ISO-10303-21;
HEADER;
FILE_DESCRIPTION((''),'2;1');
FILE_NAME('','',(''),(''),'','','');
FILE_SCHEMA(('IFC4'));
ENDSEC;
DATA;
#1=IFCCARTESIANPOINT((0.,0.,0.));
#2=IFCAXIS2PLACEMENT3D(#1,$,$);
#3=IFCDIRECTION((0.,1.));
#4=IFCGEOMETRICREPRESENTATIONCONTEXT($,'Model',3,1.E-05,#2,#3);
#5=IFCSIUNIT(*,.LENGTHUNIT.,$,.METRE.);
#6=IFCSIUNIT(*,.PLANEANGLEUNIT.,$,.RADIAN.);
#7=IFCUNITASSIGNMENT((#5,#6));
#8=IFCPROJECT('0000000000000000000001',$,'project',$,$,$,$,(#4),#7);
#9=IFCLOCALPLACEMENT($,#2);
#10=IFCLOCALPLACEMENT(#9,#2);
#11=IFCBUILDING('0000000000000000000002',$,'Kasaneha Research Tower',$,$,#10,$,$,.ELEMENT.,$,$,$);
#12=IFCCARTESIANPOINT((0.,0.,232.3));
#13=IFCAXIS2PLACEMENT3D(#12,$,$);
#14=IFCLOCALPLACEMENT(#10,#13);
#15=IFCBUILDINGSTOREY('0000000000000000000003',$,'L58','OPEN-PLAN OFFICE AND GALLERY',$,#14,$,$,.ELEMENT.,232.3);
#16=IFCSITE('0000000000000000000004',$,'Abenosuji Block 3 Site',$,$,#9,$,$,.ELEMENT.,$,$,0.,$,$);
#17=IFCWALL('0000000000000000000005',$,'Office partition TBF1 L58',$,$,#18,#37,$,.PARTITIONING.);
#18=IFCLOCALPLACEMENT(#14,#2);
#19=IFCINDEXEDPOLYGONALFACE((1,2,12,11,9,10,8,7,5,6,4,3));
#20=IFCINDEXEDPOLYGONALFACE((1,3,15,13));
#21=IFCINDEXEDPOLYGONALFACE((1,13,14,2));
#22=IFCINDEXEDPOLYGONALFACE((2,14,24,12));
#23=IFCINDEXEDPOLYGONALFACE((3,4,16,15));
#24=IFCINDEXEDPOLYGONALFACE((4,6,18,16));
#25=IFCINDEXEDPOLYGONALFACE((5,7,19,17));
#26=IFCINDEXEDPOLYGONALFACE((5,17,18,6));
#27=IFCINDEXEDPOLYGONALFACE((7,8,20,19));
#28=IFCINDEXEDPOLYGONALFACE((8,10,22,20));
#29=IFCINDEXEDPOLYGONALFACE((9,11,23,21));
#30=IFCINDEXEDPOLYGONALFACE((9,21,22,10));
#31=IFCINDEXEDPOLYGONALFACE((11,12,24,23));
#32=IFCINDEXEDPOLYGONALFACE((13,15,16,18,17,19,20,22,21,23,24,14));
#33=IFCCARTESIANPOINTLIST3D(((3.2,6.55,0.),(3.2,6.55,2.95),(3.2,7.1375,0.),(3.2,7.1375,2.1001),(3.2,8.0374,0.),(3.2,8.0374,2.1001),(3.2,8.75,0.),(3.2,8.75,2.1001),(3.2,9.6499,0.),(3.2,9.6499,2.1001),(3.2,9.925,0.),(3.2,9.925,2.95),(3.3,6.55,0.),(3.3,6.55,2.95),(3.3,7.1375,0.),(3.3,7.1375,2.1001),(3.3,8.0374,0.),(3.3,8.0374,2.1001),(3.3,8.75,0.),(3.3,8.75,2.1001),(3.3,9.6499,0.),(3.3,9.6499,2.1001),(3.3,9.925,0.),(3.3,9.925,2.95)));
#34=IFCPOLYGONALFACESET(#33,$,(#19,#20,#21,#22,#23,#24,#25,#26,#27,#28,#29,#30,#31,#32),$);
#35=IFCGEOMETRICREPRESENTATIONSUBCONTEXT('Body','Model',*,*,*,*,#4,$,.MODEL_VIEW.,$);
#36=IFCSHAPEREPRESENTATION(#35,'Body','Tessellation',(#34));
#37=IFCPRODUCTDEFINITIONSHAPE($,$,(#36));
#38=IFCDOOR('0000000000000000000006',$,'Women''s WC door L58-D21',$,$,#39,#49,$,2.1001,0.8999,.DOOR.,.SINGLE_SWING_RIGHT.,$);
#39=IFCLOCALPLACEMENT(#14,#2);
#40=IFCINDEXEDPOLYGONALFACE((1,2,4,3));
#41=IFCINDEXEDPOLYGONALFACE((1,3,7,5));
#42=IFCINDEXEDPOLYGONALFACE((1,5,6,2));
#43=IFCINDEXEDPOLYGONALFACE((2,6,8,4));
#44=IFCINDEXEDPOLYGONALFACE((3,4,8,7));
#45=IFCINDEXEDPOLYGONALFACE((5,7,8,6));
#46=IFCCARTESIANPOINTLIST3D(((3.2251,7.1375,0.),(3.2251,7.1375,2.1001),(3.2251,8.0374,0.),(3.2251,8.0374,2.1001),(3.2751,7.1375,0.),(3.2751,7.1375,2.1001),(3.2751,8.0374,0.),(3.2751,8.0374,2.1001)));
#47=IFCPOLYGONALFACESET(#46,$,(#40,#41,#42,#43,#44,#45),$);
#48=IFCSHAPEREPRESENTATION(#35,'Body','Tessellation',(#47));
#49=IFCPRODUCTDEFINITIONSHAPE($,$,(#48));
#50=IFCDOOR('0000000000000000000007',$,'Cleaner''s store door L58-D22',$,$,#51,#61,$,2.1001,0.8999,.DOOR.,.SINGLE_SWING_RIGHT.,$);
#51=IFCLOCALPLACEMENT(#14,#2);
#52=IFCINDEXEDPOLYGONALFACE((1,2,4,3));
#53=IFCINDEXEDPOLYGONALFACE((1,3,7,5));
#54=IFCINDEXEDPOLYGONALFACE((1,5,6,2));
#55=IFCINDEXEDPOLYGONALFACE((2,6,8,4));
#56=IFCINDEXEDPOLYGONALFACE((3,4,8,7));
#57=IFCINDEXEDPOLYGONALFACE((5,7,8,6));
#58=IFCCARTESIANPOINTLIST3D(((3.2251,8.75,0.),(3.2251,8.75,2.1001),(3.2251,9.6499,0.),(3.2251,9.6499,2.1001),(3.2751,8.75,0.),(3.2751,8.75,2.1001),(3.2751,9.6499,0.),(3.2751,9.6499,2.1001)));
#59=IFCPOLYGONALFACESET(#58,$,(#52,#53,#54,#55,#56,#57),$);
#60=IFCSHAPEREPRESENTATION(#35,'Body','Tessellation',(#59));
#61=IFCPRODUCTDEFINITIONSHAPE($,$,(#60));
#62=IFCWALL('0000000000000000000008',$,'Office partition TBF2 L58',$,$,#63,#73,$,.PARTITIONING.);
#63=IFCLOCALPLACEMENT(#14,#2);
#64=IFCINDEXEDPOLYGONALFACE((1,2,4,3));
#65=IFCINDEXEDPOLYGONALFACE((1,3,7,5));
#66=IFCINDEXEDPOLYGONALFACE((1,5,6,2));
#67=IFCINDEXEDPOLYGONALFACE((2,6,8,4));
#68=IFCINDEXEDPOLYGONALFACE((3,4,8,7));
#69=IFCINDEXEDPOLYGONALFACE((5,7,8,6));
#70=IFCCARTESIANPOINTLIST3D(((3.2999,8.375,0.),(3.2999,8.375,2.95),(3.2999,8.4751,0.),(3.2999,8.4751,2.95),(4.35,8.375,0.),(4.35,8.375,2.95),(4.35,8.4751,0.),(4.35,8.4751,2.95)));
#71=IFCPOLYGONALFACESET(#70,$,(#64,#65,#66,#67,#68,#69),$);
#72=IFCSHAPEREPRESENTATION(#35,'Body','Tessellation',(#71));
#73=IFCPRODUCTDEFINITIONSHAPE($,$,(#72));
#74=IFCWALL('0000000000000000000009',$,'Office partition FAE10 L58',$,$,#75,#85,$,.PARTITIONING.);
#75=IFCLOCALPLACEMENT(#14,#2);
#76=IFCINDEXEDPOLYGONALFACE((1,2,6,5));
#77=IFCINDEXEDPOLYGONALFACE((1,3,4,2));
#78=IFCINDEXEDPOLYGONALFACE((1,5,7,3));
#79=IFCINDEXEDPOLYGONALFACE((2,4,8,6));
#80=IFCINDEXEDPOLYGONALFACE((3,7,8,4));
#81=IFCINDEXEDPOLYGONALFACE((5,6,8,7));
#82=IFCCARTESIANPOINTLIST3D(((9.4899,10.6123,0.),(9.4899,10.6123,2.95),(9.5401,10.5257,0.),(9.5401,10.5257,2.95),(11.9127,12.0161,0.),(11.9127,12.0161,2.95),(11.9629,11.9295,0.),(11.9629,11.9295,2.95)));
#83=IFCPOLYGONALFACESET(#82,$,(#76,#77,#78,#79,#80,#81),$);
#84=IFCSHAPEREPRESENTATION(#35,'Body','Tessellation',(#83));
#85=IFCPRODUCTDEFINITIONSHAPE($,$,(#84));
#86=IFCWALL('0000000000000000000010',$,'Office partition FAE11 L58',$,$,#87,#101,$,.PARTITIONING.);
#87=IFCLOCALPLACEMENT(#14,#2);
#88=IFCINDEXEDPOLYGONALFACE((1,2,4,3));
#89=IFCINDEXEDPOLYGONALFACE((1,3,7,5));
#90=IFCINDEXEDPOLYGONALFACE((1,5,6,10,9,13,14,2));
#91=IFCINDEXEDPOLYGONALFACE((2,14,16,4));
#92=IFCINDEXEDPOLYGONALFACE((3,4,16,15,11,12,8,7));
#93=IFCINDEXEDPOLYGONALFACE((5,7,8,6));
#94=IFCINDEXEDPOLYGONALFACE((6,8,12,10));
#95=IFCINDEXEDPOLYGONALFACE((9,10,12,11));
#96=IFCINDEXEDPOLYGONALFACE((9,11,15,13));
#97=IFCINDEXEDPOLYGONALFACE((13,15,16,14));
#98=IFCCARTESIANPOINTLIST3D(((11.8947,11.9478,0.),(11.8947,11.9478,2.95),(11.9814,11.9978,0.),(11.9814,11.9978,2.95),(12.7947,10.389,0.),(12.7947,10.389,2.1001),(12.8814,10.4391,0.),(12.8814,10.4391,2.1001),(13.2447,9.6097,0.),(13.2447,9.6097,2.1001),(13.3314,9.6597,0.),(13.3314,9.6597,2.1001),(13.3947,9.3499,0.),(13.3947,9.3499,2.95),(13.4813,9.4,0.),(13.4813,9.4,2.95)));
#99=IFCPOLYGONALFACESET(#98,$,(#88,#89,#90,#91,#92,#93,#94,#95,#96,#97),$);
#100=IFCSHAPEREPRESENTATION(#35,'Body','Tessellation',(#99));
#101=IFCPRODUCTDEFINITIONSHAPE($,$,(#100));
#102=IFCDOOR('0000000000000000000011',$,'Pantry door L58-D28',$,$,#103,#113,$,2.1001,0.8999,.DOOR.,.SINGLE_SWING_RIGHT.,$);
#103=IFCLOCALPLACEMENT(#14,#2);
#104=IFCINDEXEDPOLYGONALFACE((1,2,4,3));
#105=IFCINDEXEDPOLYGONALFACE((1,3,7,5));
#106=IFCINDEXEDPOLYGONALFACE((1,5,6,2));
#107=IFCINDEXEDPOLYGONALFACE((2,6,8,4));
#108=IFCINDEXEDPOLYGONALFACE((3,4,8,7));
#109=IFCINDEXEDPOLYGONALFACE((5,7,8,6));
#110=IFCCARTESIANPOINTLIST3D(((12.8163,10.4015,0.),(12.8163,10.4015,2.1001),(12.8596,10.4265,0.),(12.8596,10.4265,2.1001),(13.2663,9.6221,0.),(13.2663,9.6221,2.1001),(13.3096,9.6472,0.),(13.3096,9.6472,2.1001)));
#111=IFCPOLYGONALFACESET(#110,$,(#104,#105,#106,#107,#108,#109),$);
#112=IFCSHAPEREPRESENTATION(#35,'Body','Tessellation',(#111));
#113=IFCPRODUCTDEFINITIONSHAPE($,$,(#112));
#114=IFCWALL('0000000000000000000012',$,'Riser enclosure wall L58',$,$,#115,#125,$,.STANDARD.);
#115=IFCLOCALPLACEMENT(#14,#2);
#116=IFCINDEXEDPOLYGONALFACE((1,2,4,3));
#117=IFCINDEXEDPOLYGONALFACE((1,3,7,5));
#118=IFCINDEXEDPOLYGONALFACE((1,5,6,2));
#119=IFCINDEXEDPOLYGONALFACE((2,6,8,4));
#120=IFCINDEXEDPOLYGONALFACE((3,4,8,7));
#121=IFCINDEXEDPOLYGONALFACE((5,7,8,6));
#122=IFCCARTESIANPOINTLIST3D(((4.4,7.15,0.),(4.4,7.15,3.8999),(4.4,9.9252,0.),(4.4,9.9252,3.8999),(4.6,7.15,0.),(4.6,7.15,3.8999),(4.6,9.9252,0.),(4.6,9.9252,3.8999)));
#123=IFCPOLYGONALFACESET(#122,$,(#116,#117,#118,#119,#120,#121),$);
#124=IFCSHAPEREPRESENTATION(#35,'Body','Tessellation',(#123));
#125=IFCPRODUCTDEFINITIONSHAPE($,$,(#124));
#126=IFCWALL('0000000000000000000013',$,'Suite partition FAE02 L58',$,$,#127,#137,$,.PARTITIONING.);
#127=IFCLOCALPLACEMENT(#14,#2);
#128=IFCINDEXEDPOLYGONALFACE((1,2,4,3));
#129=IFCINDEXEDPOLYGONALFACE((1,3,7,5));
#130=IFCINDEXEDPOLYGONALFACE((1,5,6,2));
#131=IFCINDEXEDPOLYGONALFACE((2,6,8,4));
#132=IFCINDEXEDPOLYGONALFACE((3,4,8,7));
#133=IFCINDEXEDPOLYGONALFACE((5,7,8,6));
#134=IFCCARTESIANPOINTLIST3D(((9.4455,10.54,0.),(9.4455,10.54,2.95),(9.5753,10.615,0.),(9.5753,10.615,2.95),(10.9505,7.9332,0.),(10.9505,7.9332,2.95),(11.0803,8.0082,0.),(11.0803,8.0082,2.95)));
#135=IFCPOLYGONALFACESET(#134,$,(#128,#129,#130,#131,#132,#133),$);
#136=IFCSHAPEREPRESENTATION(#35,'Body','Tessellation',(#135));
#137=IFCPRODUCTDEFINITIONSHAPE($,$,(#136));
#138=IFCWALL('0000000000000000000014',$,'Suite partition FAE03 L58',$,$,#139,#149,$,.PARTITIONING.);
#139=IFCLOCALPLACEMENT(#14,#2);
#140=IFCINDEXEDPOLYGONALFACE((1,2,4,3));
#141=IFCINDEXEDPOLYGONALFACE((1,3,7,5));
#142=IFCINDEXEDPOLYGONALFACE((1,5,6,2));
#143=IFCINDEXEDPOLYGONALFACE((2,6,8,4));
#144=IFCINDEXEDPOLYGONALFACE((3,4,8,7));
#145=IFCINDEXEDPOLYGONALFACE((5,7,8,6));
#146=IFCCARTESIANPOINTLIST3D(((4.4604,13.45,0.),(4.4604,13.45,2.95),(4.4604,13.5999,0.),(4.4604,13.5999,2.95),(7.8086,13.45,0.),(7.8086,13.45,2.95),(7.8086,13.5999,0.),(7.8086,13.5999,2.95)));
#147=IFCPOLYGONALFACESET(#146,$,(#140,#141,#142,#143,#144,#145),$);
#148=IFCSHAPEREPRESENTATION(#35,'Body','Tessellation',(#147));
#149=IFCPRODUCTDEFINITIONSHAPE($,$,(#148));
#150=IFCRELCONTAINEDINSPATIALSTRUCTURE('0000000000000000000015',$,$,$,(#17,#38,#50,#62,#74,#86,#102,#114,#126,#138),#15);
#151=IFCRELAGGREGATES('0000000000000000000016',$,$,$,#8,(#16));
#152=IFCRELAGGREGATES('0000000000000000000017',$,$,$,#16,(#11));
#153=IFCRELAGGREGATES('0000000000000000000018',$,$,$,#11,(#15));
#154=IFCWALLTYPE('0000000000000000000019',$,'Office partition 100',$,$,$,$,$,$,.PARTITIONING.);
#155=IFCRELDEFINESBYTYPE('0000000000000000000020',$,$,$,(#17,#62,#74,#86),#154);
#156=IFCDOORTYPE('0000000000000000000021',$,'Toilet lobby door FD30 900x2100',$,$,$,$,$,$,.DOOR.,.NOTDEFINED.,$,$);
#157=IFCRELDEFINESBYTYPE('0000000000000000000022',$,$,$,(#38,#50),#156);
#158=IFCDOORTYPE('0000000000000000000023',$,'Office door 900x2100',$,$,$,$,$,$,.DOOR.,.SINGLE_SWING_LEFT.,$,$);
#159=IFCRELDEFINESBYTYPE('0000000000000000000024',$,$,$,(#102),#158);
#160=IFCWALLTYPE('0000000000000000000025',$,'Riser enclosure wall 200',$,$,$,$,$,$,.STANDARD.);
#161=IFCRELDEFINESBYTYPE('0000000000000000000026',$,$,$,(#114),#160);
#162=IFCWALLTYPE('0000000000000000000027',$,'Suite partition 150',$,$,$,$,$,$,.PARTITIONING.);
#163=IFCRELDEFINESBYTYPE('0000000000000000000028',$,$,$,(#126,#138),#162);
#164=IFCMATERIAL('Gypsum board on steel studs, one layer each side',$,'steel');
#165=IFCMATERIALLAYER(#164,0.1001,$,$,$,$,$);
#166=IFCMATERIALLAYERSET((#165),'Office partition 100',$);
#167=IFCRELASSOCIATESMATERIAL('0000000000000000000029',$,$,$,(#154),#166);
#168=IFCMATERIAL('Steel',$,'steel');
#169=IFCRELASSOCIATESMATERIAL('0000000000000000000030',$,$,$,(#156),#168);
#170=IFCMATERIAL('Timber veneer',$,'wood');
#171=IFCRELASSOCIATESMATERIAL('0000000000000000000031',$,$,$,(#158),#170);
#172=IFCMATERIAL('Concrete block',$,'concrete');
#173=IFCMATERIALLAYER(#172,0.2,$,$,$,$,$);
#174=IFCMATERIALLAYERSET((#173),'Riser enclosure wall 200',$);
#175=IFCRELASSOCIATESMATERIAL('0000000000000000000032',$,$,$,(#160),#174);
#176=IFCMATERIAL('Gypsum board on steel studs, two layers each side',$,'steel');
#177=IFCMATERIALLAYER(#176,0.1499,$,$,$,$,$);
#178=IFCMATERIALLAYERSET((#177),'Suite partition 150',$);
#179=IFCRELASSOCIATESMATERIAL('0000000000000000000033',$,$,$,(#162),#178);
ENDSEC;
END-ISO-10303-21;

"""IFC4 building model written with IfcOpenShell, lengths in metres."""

from ifc_helpers import new_model, si_unit, direction, frame, frame_2d, origin, place, context, subcontext, project, spatial, rectangle, extrude, material, layer, layer_set, type_object, element, fill, save


model = new_model("IFC4")

# Units and contexts
model_context = context("Model", 3, precision=1e-05, world=origin(), true_north=direction((0.0, 1.0)))
body_context = subcontext(model_context, "Body", "Model", "MODEL_VIEW")
ifc_project = project(units=[si_unit("LENGTHUNIT", "METRE"), si_unit("PLANEANGLEUNIT", "RADIAN")], contexts=[model_context])

# Site, building, storey
site_placement = place(None, origin())
site = spatial("IfcSite", under=ifc_project, at=site_placement, Name="Abenosuji Block 3 Site", CompositionType="ELEMENT", RefElevation=0.0)
building_placement = place(site_placement, origin())
building = spatial("IfcBuilding", under=site, at=building_placement, Name="Kasaneha Research Tower", CompositionType="ELEMENT")
storey_placement = place(building_placement, frame((0.0, 0.0, 232.3)))
storey = spatial("IfcBuildingStorey", under=building, at=storey_placement, Name="L58", Description="OPEN-PLAN OFFICE AND GALLERY", CompositionType="ELEMENT", Elevation=232.3)

# Wall, openings, doors
ifc_material_1 = material(Name="Gypsum board on steel studs, one layer each side", Category="steel")
ifc_layer_1 = layer(ifc_material_1, 0.1001)
ifc_layer_set_1 = layer_set([ifc_layer_1], Name="Office partition 100")
wall_type_1 = type_object("IfcWallType", Name="Office partition 100", PredefinedType="PARTITIONING", material=ifc_layer_set_1)
wall_1_placement = place(storey_placement, frame((3.25, 6.55, 0.0), z_axis=(0.0, 0.0, 1.0), x_axis=(0.0, 1.0, 0.0)))
wall_1 = element("IfcWall", 1, at=wall_1_placement, inside=storey, type_object=wall_type_1, Name="Office partition TBF1 L58", PredefinedType="PARTITIONING", context=body_context, shape_type="SweptSolid", body=[
    extrude(rectangle(XDim=3.375, YDim=0.1001, at=frame_2d((1.6875, 0.0))), origin(), (0.0, 0.0, 1.0), 2.95),
])
opening_1_placement = place(wall_1_placement, frame((0.5874, 0.0, 0.0)))
opening_1 = element("IfcOpeningElement", 2, at=opening_1_placement, cuts=wall_1, PredefinedType="OPENING", context=body_context, shape_type="SweptSolid", body=[
    extrude(rectangle(XDim=0.8999, YDim=2.1001, at=frame_2d((0.45, 1.05))), frame((0.0, 0.0601, 0.0), z_axis=(0.0, -1.0, 0.0), x_axis=(1.0, 0.0, 0.0)), (0.0, 0.0, 1.0), 0.1201),
])
opening_2_placement = place(wall_1_placement, frame((2.2, 0.0, 0.0)))
opening_2 = element("IfcOpeningElement", 3, at=opening_2_placement, cuts=wall_1, PredefinedType="OPENING", context=body_context, shape_type="SweptSolid", body=[
    extrude(rectangle(XDim=0.8999, YDim=2.1001, at=frame_2d((0.45, 1.05))), frame((0.0, 0.0601, 0.0), z_axis=(0.0, -1.0, 0.0), x_axis=(1.0, 0.0, 0.0)), (0.0, 0.0, 1.0), 0.1201),
])
ifc_material_2 = material(Name="Steel", Category="steel")
door_type_1 = type_object("IfcDoorType", Name="Toilet lobby door FD30 900x2100", OperationType="NOTDEFINED", PredefinedType="DOOR", material=ifc_material_2)
door_1_placement = place(opening_1_placement, origin())
door_1 = element("IfcDoor", 4, at=door_1_placement, inside=storey, type_object=door_type_1, Name="Women's WC door L58-D21", OperationType="SINGLE_SWING_RIGHT", OverallHeight=2.1001, OverallWidth=0.8999, PredefinedType="DOOR", context=body_context, shape_type="SweptSolid", body=[
    extrude(rectangle(XDim=0.8999, YDim=2.1001, at=frame_2d((0.45, 1.05))), frame((0.0, 0.0249, 0.0), z_axis=(0.0, -1.0, 0.0), x_axis=(1.0, 0.0, 0.0)), (0.0, 0.0, 1.0), 0.05),
])
fill(opening_1, door_1)
door_2_placement = place(opening_2_placement, origin())
door_2 = element("IfcDoor", 5, at=door_2_placement, inside=storey, type_object=door_type_1, Name="Cleaner's store door L58-D22", OperationType="SINGLE_SWING_RIGHT", OverallHeight=2.1001, OverallWidth=0.8999, PredefinedType="DOOR", context=body_context, shape_type="SweptSolid", body=[
    extrude(rectangle(XDim=0.8999, YDim=2.1001, at=frame_2d((0.45, 1.05))), frame((0.0, 0.0249, 0.0), z_axis=(0.0, -1.0, 0.0), x_axis=(1.0, 0.0, 0.0)), (0.0, 0.0, 1.0), 0.05),
])
fill(opening_2, door_2)

# Walls
wall_2_placement = place(storey_placement, frame((3.3, 8.425, 0.0), z_axis=(0.0, 0.0, 1.0), x_axis=(1.0, 0.0, 0.0)))
element("IfcWall", 6, at=wall_2_placement, inside=storey, type_object=wall_type_1, Name="Office partition TBF2 L58", PredefinedType="PARTITIONING", context=body_context, shape_type="SweptSolid", body=[
    extrude(rectangle(XDim=1.05, YDim=0.1001, at=frame_2d((0.5249, 0.0))), origin(), (0.0, 0.0, 1.0), 2.95),
])
wall_3_placement = place(storey_placement, frame((9.5151, 10.5691, 0.0), z_axis=(0.0, 0.0, 1.0), x_axis=(0.865255, 0.501332, 0.0)))
element("IfcWall", 7, at=wall_3_placement, inside=storey, type_object=wall_type_1, Name="Office partition FAE10 L58", PredefinedType="PARTITIONING", context=body_context, shape_type="SweptSolid", body=[
    extrude(rectangle(XDim=2.8, YDim=0.1001, at=frame_2d((1.3999, 0.0))), origin(), (0.0, 0.0, 1.0), 2.95),
])

# Wall, opening, door
wall_4_placement = place(storey_placement, frame((11.938, 11.9729, 0.0), z_axis=(0.0, 0.0, 1.0), x_axis=(0.500025, -0.866011, 0.0)))
wall_4 = element("IfcWall", 8, at=wall_4_placement, inside=storey, type_object=wall_type_1, Name="Office partition FAE11 L58", PredefinedType="PARTITIONING", context=body_context, shape_type="SweptSolid", body=[
    extrude(rectangle(XDim=2.9998, YDim=0.1001, at=frame_2d((1.5, 0.0))), origin(), (0.0, 0.0, 1.0), 2.95),
])
opening_3_placement = place(wall_4_placement, frame((1.8, 0.0, 0.0)))
opening_3 = element("IfcOpeningElement", 9, at=opening_3_placement, cuts=wall_4, PredefinedType="OPENING", context=body_context, shape_type="SweptSolid", body=[
    extrude(rectangle(XDim=0.8999, YDim=2.1001, at=frame_2d((0.45, 1.05))), frame((0.0, 0.0601, 0.0), z_axis=(0.0, -1.0, 0.0), x_axis=(1.0, 0.0, 0.0)), (0.0, 0.0, 1.0), 0.1201),
])
ifc_material_3 = material(Name="Timber veneer", Category="wood")
door_type_2 = type_object("IfcDoorType", Name="Office door 900x2100", OperationType="SINGLE_SWING_LEFT", PredefinedType="DOOR", material=ifc_material_3)
door_3_placement = place(opening_3_placement, origin())
door_3 = element("IfcDoor", 10, at=door_3_placement, inside=storey, type_object=door_type_2, Name="Pantry door L58-D28", OperationType="SINGLE_SWING_RIGHT", OverallHeight=2.1001, OverallWidth=0.8999, PredefinedType="DOOR", context=body_context, shape_type="SweptSolid", body=[
    extrude(rectangle(XDim=0.8999, YDim=2.1001, at=frame_2d((0.45, 1.05))), frame((0.0, 0.0249, 0.0), z_axis=(0.0, -1.0, 0.0), x_axis=(1.0, 0.0, 0.0)), (0.0, 0.0, 1.0), 0.05),
])
fill(opening_3, door_3)

# Walls
ifc_material_4 = material(Name="Concrete block", Category="concrete")
ifc_layer_2 = layer(ifc_material_4, 0.2)
ifc_layer_set_2 = layer_set([ifc_layer_2], Name="Riser enclosure wall 200")
wall_type_2 = type_object("IfcWallType", Name="Riser enclosure wall 200", PredefinedType="STANDARD", material=ifc_layer_set_2)
wall_5_placement = place(storey_placement, frame((4.5, 7.1499, 0.0), z_axis=(0.0, 0.0, 1.0), x_axis=(0.0, 1.0, 0.0)))
element("IfcWall", 11, at=wall_5_placement, inside=storey, type_object=wall_type_2, Name="Riser enclosure wall L58", PredefinedType="STANDARD", context=body_context, shape_type="SweptSolid", body=[
    extrude(rectangle(XDim=2.7751, YDim=0.2, at=frame_2d((1.3877, 0.0))), origin(), (0.0, 0.0, 1.0), 3.8999),
])
ifc_material_5 = material(Name="Gypsum board on steel studs, two layers each side", Category="steel")
ifc_layer_3 = layer(ifc_material_5, 0.1499)
ifc_layer_set_3 = layer_set([ifc_layer_3], Name="Suite partition 150")
wall_type_3 = type_object("IfcWallType", Name="Suite partition 150", PredefinedType="PARTITIONING", material=ifc_layer_set_3)
wall_6_placement = place(storey_placement, frame((9.5105, 10.5774, 0.0), z_axis=(0.0, 0.0, 1.0), x_axis=(0.499978, -0.866038, 0.0)))
element("IfcWall", 12, at=wall_6_placement, inside=storey, type_object=wall_type_3, Name="Suite partition FAE02 L58", PredefinedType="PARTITIONING", context=body_context, shape_type="SweptSolid", body=[
    extrude(rectangle(XDim=3.01, YDim=0.1499, at=frame_2d((1.5049, 0.0))), origin(), (0.0, 0.0, 1.0), 2.95),
])
wall_7_placement = place(storey_placement, frame((4.4604, 13.5249, 0.0), z_axis=(0.0, 0.0, 1.0), x_axis=(1.0, 0.0, 0.0)))
element("IfcWall", 13, at=wall_7_placement, inside=storey, type_object=wall_type_3, Name="Suite partition FAE03 L58", PredefinedType="PARTITIONING", context=body_context, shape_type="SweptSolid", body=[
    extrude(rectangle(XDim=3.3481, YDim=0.1499, at=frame_2d((1.6741, 0.0))), origin(), (0.0, 0.0, 1.0), 2.95),
])

save(model, "model.ifc")
